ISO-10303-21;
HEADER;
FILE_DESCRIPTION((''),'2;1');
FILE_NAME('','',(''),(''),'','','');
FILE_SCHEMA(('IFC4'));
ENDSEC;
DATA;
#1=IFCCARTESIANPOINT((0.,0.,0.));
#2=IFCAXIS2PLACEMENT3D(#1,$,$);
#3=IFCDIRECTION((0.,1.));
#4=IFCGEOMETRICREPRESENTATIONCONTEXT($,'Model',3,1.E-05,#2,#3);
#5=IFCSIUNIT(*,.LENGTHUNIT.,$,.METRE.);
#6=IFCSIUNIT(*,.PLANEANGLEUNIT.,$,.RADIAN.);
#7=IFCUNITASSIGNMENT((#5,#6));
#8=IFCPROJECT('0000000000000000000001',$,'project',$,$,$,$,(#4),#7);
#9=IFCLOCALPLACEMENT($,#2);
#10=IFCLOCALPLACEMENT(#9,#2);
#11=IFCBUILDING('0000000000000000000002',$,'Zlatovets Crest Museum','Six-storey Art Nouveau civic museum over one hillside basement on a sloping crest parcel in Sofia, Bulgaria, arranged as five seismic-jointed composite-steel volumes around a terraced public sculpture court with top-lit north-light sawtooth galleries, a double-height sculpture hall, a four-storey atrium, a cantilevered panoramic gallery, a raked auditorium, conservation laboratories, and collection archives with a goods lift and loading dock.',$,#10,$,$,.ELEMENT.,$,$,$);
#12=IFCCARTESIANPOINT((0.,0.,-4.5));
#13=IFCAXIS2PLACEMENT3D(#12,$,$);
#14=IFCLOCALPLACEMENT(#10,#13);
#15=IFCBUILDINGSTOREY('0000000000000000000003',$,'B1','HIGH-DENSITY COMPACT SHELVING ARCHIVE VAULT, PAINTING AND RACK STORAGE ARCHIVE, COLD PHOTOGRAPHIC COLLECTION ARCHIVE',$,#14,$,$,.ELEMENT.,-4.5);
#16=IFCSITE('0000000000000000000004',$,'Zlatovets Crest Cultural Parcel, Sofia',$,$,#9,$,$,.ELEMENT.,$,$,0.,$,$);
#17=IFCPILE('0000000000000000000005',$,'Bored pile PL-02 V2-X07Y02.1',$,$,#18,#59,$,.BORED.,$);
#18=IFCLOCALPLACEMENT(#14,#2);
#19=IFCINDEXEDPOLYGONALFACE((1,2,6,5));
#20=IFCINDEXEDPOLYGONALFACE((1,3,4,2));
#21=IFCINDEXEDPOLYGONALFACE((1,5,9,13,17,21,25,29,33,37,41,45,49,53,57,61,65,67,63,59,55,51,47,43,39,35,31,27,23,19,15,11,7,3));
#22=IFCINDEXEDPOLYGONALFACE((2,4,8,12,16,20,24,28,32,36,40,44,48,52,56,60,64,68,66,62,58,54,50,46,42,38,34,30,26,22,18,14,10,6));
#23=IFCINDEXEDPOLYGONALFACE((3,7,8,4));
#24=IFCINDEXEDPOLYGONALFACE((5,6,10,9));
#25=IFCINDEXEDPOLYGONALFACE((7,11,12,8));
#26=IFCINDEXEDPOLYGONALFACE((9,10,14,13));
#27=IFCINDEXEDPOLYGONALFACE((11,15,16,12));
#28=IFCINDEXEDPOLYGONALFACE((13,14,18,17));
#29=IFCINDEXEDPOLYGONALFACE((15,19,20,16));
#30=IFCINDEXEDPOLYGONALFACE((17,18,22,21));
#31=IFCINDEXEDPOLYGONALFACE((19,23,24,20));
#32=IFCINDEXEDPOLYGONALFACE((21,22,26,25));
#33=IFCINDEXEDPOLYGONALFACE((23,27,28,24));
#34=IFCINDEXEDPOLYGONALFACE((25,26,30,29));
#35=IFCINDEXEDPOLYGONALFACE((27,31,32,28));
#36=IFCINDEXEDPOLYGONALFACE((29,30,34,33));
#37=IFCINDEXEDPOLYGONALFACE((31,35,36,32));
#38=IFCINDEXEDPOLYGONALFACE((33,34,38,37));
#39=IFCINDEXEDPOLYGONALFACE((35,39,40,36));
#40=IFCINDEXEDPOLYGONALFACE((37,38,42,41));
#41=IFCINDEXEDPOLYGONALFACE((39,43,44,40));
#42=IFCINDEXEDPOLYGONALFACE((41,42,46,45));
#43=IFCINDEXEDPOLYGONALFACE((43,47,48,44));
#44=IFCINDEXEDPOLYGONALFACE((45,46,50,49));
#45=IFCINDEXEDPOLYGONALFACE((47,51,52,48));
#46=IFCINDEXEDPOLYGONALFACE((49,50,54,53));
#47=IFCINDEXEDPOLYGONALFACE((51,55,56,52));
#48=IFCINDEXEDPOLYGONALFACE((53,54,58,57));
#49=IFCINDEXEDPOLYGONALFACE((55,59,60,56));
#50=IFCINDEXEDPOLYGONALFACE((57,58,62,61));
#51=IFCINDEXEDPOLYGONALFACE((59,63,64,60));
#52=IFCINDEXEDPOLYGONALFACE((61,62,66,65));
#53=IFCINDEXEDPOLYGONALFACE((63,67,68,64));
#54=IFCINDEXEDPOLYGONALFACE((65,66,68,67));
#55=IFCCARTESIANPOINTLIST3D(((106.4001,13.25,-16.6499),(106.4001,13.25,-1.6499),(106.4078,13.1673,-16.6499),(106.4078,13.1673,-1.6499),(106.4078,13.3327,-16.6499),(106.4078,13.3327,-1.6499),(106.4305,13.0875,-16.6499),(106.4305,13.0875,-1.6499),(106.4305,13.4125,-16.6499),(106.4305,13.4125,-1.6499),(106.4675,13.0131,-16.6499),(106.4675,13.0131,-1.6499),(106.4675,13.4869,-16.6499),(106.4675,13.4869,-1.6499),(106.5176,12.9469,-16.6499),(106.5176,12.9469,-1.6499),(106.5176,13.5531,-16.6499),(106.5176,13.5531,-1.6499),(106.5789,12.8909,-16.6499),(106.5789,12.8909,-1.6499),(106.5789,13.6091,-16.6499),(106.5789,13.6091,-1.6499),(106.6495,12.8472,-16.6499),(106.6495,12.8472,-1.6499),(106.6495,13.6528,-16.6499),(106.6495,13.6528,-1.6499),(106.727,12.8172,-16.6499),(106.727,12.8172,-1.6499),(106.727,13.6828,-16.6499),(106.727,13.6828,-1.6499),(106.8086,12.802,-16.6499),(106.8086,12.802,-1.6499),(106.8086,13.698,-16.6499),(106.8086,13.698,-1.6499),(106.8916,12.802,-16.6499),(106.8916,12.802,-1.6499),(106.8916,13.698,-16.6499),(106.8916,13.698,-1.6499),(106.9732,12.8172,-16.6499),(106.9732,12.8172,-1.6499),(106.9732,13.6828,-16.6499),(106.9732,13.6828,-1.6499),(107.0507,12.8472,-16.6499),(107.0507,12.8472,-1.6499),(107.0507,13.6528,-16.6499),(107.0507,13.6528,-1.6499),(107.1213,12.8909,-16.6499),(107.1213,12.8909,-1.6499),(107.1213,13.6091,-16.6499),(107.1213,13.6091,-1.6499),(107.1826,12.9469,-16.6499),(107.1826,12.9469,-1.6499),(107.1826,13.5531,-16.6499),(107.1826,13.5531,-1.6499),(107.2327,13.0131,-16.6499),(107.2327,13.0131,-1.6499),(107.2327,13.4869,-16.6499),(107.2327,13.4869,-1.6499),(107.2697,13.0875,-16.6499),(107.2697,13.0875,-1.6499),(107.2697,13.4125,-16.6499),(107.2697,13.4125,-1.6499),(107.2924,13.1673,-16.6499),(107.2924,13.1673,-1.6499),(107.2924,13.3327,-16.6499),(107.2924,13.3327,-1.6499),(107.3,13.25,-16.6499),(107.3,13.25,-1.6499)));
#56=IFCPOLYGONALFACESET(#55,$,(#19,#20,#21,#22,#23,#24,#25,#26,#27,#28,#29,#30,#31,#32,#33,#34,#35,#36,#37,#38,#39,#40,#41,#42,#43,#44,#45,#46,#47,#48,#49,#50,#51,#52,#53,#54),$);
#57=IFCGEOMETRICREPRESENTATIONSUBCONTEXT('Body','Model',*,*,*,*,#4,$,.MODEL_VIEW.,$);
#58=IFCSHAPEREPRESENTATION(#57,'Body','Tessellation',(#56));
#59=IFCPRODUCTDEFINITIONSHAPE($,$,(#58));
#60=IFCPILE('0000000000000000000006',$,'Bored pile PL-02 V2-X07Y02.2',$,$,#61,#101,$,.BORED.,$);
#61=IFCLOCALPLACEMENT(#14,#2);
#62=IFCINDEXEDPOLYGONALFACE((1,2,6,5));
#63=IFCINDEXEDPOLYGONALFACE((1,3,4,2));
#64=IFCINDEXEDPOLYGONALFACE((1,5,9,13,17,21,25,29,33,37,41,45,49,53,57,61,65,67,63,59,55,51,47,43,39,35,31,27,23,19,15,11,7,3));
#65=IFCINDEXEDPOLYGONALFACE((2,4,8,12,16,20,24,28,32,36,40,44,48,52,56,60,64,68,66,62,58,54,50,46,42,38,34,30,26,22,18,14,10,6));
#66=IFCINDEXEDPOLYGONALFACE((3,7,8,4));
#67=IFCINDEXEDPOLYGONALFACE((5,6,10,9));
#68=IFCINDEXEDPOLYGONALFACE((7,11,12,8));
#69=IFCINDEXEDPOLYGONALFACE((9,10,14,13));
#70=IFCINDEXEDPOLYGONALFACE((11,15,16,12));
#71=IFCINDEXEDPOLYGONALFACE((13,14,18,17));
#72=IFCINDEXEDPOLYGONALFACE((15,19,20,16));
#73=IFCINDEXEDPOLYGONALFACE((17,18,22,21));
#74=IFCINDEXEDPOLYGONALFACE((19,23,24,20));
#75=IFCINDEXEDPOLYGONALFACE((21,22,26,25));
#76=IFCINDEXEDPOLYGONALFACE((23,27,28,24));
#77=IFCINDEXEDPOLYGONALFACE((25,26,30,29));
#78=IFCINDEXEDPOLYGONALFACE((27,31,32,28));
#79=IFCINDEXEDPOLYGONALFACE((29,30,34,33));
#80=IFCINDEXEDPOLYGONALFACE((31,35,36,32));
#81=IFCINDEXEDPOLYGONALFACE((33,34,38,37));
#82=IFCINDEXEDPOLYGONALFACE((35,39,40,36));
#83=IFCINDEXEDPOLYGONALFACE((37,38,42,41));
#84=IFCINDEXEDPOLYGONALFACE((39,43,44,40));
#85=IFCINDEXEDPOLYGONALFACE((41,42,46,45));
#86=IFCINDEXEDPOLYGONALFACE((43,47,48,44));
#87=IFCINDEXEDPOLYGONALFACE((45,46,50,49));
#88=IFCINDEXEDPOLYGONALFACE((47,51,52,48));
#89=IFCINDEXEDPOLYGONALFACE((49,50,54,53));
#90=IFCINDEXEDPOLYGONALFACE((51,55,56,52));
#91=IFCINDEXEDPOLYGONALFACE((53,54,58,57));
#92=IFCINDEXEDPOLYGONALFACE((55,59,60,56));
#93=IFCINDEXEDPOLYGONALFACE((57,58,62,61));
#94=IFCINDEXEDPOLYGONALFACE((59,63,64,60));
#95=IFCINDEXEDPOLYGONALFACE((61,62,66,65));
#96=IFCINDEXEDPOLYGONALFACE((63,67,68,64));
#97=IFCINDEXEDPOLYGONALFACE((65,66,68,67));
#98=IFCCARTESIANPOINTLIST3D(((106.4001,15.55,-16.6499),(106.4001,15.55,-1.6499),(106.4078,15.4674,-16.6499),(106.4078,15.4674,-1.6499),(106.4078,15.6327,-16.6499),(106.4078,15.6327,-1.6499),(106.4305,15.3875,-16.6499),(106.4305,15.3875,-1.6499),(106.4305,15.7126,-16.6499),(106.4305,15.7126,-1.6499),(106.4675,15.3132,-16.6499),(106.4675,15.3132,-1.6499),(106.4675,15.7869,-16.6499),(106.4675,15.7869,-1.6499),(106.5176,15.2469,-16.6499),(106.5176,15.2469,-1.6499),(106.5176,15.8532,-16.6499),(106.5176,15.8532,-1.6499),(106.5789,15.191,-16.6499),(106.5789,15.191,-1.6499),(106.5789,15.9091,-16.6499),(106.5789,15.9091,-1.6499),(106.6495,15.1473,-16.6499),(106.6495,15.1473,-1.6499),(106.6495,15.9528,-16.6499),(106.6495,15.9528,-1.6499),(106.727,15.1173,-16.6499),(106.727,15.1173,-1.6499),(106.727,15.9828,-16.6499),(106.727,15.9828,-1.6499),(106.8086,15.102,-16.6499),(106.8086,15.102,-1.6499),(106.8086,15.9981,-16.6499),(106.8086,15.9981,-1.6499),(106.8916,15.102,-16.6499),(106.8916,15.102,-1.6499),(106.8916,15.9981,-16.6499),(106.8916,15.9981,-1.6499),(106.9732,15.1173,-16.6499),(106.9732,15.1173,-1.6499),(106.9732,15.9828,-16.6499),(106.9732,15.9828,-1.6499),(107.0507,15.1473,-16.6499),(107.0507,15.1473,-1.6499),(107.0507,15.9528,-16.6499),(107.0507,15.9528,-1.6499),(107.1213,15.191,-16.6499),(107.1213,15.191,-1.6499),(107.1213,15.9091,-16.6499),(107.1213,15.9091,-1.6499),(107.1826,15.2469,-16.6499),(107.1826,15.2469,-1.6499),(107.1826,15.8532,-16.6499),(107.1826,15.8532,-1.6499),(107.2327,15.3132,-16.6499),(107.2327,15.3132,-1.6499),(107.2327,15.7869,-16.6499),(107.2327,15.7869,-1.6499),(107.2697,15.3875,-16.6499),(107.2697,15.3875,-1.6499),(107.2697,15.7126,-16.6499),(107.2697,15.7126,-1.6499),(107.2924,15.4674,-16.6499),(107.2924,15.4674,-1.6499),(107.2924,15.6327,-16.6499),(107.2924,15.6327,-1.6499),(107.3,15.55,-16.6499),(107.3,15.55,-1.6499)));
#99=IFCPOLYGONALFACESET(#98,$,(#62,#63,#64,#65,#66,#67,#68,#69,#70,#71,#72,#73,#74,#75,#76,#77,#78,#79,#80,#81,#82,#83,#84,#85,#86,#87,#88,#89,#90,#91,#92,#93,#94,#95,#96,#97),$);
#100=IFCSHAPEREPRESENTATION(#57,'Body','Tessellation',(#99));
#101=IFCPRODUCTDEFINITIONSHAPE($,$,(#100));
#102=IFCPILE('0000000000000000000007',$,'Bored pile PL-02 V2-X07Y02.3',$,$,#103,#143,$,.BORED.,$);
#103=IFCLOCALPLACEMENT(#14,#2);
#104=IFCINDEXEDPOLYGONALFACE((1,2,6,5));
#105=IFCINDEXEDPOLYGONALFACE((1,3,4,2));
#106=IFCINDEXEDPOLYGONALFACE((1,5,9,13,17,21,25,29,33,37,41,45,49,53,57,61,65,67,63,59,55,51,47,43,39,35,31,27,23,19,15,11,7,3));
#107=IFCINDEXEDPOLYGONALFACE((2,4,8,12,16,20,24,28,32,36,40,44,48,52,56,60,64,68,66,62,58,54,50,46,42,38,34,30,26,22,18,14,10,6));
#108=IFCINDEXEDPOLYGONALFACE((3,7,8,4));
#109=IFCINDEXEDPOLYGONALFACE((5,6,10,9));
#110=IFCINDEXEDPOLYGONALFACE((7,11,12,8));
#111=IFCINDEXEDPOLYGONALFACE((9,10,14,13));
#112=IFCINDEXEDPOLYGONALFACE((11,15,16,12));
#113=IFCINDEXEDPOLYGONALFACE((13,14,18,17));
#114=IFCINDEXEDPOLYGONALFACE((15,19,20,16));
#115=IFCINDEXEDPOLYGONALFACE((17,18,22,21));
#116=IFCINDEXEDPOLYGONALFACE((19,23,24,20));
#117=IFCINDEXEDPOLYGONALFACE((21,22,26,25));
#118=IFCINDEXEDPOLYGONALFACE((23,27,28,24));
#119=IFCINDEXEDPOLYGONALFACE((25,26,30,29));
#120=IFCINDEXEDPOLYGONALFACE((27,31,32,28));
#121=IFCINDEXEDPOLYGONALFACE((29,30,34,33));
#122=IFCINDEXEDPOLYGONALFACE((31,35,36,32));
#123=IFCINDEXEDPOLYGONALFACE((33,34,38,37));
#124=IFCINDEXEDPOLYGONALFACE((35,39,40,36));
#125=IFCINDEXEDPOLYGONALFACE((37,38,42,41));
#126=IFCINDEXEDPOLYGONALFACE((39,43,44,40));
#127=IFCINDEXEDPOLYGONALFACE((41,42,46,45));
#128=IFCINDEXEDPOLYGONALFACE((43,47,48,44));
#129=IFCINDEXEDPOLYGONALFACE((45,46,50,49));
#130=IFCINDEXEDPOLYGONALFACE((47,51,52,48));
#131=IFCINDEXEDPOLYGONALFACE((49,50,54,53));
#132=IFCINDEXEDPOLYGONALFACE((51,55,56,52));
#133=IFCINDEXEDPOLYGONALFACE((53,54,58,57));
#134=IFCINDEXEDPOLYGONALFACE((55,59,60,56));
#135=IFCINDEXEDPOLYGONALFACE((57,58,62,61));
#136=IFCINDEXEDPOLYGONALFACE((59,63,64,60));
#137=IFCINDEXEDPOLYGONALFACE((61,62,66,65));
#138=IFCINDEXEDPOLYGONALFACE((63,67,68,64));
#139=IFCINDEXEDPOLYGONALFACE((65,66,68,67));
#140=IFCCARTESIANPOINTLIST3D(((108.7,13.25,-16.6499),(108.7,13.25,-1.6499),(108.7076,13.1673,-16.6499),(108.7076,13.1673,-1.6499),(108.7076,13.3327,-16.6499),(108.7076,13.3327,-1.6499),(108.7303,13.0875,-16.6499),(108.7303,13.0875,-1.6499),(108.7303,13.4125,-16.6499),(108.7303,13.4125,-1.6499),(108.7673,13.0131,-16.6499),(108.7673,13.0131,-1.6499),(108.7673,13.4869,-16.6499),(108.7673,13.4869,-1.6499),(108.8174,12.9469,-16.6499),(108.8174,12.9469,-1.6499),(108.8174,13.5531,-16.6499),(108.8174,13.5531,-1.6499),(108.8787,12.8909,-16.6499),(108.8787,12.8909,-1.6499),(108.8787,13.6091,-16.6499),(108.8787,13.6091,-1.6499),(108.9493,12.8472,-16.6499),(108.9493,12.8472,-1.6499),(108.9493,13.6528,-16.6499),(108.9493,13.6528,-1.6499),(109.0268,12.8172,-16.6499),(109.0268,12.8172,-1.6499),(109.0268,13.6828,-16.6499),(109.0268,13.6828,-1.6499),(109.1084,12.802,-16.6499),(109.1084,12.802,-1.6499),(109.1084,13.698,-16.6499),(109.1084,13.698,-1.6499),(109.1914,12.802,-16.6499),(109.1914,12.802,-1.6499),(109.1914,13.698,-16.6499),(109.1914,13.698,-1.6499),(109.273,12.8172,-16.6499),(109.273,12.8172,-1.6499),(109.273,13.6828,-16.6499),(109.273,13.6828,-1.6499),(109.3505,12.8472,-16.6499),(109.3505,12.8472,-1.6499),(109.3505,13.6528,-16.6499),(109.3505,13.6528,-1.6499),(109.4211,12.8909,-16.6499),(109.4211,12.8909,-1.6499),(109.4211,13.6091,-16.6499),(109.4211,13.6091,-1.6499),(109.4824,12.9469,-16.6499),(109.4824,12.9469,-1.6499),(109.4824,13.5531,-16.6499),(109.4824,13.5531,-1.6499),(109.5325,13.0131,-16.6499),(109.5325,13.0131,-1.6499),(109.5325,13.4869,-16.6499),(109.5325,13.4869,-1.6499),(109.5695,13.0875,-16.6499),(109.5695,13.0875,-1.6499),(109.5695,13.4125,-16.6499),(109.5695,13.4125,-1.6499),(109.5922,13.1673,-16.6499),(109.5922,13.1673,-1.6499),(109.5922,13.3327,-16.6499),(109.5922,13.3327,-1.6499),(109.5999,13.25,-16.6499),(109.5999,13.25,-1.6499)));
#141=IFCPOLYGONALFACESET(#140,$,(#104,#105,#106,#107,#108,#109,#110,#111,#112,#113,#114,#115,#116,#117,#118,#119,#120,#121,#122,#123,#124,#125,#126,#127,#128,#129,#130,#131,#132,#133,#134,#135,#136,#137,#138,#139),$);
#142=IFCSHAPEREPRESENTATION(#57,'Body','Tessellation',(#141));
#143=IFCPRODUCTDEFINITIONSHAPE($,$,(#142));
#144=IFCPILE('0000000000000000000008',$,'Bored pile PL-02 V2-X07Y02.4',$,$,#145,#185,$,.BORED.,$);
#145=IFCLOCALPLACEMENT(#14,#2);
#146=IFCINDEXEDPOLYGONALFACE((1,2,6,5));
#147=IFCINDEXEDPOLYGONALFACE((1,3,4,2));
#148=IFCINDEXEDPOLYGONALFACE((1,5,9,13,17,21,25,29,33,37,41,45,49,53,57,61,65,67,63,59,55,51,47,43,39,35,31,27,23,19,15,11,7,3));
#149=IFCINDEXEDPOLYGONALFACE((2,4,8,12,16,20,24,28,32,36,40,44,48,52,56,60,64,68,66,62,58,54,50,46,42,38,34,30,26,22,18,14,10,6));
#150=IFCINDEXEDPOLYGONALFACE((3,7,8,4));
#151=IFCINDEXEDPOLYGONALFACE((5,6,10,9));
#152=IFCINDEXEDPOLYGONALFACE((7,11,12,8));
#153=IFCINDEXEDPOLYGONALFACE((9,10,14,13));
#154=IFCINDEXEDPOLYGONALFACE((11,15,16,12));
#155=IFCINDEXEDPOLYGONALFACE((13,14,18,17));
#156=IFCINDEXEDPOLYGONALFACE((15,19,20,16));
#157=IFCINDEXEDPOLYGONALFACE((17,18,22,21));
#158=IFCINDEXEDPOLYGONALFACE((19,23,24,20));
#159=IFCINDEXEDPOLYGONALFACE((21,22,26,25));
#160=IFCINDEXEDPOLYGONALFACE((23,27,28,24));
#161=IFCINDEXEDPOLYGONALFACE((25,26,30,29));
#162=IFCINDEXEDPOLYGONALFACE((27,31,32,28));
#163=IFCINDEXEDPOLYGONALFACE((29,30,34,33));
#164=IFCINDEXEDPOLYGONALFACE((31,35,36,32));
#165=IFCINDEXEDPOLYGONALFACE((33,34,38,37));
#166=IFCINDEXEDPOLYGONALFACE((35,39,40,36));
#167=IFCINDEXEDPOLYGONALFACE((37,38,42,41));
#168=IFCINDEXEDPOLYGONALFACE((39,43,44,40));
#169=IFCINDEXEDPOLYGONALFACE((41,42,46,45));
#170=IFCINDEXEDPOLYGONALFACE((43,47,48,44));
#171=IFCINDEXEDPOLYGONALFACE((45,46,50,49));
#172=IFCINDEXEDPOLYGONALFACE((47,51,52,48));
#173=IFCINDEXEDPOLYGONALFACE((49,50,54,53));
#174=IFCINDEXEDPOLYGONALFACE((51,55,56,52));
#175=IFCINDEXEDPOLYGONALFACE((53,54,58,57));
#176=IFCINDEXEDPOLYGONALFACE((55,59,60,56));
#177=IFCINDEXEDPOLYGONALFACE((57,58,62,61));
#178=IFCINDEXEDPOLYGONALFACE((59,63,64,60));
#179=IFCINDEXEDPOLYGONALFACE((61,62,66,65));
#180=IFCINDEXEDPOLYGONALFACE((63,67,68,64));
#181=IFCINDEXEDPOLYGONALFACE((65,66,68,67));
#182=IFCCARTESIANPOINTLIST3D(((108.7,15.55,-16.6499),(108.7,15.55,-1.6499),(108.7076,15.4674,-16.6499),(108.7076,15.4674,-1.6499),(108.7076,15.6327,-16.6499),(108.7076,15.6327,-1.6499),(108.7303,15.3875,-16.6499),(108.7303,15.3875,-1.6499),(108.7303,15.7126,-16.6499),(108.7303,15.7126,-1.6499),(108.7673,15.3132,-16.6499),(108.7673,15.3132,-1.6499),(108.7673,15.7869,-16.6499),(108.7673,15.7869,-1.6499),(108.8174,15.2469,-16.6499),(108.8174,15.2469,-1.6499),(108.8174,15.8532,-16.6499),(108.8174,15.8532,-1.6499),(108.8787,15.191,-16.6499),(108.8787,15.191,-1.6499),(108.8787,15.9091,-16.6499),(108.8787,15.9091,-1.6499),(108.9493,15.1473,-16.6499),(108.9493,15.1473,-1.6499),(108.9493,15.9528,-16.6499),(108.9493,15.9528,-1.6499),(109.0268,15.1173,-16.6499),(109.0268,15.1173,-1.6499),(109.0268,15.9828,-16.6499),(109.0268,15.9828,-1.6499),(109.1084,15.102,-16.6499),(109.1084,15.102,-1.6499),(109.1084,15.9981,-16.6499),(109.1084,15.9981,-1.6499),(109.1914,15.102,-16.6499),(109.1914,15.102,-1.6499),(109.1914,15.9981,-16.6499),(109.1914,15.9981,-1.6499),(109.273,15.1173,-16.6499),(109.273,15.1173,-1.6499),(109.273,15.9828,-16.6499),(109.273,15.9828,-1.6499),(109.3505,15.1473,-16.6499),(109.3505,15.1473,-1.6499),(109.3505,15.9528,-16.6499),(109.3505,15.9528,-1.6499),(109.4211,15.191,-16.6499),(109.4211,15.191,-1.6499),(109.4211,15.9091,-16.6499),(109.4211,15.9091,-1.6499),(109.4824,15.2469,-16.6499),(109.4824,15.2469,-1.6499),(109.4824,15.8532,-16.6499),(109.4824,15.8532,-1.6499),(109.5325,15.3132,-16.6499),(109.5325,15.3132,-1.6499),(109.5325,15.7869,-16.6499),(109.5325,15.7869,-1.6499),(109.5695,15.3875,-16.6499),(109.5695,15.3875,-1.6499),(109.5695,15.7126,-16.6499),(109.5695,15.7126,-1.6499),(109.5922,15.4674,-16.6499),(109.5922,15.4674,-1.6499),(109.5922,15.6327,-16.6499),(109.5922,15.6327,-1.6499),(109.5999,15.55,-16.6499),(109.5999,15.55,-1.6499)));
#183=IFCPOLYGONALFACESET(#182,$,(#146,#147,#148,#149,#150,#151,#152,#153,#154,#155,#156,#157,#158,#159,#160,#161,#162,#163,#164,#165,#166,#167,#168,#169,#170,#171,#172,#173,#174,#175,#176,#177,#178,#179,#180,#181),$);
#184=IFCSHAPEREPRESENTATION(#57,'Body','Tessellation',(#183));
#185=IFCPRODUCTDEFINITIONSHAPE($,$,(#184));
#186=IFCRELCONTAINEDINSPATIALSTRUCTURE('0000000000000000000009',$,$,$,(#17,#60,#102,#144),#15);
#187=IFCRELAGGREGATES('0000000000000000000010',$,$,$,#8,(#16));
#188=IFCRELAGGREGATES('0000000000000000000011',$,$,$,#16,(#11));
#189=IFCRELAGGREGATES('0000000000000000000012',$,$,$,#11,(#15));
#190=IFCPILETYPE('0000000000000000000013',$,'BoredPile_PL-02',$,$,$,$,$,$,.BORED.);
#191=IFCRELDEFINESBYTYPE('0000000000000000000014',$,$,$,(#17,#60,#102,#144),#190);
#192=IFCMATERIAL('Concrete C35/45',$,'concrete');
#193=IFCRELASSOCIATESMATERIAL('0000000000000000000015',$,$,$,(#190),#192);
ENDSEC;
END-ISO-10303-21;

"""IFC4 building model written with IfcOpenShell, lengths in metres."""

from ifc_helpers import new_model, si_unit, direction, frame, origin, origin_2d, place, context, subcontext, project, spatial, circle, extrude, material, material_profile, profile_set, type_object, element, save


model = new_model("IFC4")

# Units and contexts
model_context = context("Model", 3, precision=1e-05, world=origin(), true_north=direction((0.0, 1.0)))
body_context = subcontext(model_context, "Body", "Model", "MODEL_VIEW")
ifc_project = project(units=[si_unit("LENGTHUNIT", "METRE"), si_unit("PLANEANGLEUNIT", "RADIAN")], contexts=[model_context])

# Site, building, storey
site_placement = place(None, origin())
site = spatial("IfcSite", under=ifc_project, at=site_placement, Name="Zlatovets Crest Cultural Parcel, Sofia", CompositionType="ELEMENT", RefElevation=0.0)
building_placement = place(site_placement, origin())
building = spatial("IfcBuilding", under=site, at=building_placement, Name="Zlatovets Crest Museum", Description="Six-storey Art Nouveau civic museum over one hillside basement on a sloping crest parcel in Sofia, Bulgaria, arranged as five seismic-jointed composite-steel volumes around a terraced public sculpture court with top-lit north-light sawtooth galleries, a double-height sculpture hall, a four-storey atrium, a cantilevered panoramic gallery, a raked auditorium, conservation laboratories, and collection archives with a goods lift and loading dock.", CompositionType="ELEMENT")
storey_placement = place(building_placement, frame((0.0, 0.0, -4.5)))
storey = spatial("IfcBuildingStorey", under=building, at=storey_placement, Name="B1", Description="HIGH-DENSITY COMPACT SHELVING ARCHIVE VAULT, PAINTING AND RACK STORAGE ARCHIVE, COLD PHOTOGRAPHIC COLLECTION ARCHIVE", CompositionType="ELEMENT", Elevation=-4.5)

# Piles
ifc_material_1 = material(Name="Concrete C35/45", Category="concrete")
ifc_material_profile_1 = material_profile(ifc_material_1, circle(Radius=0.45, at=origin_2d()), Name="PILE D900")
ifc_profile_set_1 = profile_set([ifc_material_profile_1], Name="Concrete C35/45")
pile_type_1 = type_object("IfcPileType", Name="BoredPile_PL-02", PredefinedType="BORED", material=ifc_profile_set_1)
for number, where, z_axis, x_axis, name in (
    (1, (106.8501, 13.25, -1.6499), (0.0, 0.0, -1.0), (1.0, 0.0, 0.0), "Bored pile PL-02 V2-X07Y02.1"),
    (2, (106.8501, 15.55, -1.6499), (0.0, 0.0, -1.0), (1.0, 0.0, 0.0), "Bored pile PL-02 V2-X07Y02.2"),
    (3, (109.1499, 13.25, -1.6499), (0.0, 0.0, -1.0), (1.0, 0.0, 0.0), "Bored pile PL-02 V2-X07Y02.3"),
    (4, (109.1499, 15.55, -1.6499), (0.0, 0.0, -1.0), (1.0, 0.0, 0.0), "Bored pile PL-02 V2-X07Y02.4"),
):
    element("IfcPile", number, at=place(storey_placement, frame(where, z_axis=z_axis, x_axis=x_axis)), inside=storey, type_object=pile_type_1, Name=name, PredefinedType="BORED", context=body_context, shape_type="SweptSolid", body=[
        extrude(circle(Radius=0.45, at=origin_2d()), origin(), (0.0, 0.0, 1.0), 15.0),
    ])

save(model, "model.ifc")
